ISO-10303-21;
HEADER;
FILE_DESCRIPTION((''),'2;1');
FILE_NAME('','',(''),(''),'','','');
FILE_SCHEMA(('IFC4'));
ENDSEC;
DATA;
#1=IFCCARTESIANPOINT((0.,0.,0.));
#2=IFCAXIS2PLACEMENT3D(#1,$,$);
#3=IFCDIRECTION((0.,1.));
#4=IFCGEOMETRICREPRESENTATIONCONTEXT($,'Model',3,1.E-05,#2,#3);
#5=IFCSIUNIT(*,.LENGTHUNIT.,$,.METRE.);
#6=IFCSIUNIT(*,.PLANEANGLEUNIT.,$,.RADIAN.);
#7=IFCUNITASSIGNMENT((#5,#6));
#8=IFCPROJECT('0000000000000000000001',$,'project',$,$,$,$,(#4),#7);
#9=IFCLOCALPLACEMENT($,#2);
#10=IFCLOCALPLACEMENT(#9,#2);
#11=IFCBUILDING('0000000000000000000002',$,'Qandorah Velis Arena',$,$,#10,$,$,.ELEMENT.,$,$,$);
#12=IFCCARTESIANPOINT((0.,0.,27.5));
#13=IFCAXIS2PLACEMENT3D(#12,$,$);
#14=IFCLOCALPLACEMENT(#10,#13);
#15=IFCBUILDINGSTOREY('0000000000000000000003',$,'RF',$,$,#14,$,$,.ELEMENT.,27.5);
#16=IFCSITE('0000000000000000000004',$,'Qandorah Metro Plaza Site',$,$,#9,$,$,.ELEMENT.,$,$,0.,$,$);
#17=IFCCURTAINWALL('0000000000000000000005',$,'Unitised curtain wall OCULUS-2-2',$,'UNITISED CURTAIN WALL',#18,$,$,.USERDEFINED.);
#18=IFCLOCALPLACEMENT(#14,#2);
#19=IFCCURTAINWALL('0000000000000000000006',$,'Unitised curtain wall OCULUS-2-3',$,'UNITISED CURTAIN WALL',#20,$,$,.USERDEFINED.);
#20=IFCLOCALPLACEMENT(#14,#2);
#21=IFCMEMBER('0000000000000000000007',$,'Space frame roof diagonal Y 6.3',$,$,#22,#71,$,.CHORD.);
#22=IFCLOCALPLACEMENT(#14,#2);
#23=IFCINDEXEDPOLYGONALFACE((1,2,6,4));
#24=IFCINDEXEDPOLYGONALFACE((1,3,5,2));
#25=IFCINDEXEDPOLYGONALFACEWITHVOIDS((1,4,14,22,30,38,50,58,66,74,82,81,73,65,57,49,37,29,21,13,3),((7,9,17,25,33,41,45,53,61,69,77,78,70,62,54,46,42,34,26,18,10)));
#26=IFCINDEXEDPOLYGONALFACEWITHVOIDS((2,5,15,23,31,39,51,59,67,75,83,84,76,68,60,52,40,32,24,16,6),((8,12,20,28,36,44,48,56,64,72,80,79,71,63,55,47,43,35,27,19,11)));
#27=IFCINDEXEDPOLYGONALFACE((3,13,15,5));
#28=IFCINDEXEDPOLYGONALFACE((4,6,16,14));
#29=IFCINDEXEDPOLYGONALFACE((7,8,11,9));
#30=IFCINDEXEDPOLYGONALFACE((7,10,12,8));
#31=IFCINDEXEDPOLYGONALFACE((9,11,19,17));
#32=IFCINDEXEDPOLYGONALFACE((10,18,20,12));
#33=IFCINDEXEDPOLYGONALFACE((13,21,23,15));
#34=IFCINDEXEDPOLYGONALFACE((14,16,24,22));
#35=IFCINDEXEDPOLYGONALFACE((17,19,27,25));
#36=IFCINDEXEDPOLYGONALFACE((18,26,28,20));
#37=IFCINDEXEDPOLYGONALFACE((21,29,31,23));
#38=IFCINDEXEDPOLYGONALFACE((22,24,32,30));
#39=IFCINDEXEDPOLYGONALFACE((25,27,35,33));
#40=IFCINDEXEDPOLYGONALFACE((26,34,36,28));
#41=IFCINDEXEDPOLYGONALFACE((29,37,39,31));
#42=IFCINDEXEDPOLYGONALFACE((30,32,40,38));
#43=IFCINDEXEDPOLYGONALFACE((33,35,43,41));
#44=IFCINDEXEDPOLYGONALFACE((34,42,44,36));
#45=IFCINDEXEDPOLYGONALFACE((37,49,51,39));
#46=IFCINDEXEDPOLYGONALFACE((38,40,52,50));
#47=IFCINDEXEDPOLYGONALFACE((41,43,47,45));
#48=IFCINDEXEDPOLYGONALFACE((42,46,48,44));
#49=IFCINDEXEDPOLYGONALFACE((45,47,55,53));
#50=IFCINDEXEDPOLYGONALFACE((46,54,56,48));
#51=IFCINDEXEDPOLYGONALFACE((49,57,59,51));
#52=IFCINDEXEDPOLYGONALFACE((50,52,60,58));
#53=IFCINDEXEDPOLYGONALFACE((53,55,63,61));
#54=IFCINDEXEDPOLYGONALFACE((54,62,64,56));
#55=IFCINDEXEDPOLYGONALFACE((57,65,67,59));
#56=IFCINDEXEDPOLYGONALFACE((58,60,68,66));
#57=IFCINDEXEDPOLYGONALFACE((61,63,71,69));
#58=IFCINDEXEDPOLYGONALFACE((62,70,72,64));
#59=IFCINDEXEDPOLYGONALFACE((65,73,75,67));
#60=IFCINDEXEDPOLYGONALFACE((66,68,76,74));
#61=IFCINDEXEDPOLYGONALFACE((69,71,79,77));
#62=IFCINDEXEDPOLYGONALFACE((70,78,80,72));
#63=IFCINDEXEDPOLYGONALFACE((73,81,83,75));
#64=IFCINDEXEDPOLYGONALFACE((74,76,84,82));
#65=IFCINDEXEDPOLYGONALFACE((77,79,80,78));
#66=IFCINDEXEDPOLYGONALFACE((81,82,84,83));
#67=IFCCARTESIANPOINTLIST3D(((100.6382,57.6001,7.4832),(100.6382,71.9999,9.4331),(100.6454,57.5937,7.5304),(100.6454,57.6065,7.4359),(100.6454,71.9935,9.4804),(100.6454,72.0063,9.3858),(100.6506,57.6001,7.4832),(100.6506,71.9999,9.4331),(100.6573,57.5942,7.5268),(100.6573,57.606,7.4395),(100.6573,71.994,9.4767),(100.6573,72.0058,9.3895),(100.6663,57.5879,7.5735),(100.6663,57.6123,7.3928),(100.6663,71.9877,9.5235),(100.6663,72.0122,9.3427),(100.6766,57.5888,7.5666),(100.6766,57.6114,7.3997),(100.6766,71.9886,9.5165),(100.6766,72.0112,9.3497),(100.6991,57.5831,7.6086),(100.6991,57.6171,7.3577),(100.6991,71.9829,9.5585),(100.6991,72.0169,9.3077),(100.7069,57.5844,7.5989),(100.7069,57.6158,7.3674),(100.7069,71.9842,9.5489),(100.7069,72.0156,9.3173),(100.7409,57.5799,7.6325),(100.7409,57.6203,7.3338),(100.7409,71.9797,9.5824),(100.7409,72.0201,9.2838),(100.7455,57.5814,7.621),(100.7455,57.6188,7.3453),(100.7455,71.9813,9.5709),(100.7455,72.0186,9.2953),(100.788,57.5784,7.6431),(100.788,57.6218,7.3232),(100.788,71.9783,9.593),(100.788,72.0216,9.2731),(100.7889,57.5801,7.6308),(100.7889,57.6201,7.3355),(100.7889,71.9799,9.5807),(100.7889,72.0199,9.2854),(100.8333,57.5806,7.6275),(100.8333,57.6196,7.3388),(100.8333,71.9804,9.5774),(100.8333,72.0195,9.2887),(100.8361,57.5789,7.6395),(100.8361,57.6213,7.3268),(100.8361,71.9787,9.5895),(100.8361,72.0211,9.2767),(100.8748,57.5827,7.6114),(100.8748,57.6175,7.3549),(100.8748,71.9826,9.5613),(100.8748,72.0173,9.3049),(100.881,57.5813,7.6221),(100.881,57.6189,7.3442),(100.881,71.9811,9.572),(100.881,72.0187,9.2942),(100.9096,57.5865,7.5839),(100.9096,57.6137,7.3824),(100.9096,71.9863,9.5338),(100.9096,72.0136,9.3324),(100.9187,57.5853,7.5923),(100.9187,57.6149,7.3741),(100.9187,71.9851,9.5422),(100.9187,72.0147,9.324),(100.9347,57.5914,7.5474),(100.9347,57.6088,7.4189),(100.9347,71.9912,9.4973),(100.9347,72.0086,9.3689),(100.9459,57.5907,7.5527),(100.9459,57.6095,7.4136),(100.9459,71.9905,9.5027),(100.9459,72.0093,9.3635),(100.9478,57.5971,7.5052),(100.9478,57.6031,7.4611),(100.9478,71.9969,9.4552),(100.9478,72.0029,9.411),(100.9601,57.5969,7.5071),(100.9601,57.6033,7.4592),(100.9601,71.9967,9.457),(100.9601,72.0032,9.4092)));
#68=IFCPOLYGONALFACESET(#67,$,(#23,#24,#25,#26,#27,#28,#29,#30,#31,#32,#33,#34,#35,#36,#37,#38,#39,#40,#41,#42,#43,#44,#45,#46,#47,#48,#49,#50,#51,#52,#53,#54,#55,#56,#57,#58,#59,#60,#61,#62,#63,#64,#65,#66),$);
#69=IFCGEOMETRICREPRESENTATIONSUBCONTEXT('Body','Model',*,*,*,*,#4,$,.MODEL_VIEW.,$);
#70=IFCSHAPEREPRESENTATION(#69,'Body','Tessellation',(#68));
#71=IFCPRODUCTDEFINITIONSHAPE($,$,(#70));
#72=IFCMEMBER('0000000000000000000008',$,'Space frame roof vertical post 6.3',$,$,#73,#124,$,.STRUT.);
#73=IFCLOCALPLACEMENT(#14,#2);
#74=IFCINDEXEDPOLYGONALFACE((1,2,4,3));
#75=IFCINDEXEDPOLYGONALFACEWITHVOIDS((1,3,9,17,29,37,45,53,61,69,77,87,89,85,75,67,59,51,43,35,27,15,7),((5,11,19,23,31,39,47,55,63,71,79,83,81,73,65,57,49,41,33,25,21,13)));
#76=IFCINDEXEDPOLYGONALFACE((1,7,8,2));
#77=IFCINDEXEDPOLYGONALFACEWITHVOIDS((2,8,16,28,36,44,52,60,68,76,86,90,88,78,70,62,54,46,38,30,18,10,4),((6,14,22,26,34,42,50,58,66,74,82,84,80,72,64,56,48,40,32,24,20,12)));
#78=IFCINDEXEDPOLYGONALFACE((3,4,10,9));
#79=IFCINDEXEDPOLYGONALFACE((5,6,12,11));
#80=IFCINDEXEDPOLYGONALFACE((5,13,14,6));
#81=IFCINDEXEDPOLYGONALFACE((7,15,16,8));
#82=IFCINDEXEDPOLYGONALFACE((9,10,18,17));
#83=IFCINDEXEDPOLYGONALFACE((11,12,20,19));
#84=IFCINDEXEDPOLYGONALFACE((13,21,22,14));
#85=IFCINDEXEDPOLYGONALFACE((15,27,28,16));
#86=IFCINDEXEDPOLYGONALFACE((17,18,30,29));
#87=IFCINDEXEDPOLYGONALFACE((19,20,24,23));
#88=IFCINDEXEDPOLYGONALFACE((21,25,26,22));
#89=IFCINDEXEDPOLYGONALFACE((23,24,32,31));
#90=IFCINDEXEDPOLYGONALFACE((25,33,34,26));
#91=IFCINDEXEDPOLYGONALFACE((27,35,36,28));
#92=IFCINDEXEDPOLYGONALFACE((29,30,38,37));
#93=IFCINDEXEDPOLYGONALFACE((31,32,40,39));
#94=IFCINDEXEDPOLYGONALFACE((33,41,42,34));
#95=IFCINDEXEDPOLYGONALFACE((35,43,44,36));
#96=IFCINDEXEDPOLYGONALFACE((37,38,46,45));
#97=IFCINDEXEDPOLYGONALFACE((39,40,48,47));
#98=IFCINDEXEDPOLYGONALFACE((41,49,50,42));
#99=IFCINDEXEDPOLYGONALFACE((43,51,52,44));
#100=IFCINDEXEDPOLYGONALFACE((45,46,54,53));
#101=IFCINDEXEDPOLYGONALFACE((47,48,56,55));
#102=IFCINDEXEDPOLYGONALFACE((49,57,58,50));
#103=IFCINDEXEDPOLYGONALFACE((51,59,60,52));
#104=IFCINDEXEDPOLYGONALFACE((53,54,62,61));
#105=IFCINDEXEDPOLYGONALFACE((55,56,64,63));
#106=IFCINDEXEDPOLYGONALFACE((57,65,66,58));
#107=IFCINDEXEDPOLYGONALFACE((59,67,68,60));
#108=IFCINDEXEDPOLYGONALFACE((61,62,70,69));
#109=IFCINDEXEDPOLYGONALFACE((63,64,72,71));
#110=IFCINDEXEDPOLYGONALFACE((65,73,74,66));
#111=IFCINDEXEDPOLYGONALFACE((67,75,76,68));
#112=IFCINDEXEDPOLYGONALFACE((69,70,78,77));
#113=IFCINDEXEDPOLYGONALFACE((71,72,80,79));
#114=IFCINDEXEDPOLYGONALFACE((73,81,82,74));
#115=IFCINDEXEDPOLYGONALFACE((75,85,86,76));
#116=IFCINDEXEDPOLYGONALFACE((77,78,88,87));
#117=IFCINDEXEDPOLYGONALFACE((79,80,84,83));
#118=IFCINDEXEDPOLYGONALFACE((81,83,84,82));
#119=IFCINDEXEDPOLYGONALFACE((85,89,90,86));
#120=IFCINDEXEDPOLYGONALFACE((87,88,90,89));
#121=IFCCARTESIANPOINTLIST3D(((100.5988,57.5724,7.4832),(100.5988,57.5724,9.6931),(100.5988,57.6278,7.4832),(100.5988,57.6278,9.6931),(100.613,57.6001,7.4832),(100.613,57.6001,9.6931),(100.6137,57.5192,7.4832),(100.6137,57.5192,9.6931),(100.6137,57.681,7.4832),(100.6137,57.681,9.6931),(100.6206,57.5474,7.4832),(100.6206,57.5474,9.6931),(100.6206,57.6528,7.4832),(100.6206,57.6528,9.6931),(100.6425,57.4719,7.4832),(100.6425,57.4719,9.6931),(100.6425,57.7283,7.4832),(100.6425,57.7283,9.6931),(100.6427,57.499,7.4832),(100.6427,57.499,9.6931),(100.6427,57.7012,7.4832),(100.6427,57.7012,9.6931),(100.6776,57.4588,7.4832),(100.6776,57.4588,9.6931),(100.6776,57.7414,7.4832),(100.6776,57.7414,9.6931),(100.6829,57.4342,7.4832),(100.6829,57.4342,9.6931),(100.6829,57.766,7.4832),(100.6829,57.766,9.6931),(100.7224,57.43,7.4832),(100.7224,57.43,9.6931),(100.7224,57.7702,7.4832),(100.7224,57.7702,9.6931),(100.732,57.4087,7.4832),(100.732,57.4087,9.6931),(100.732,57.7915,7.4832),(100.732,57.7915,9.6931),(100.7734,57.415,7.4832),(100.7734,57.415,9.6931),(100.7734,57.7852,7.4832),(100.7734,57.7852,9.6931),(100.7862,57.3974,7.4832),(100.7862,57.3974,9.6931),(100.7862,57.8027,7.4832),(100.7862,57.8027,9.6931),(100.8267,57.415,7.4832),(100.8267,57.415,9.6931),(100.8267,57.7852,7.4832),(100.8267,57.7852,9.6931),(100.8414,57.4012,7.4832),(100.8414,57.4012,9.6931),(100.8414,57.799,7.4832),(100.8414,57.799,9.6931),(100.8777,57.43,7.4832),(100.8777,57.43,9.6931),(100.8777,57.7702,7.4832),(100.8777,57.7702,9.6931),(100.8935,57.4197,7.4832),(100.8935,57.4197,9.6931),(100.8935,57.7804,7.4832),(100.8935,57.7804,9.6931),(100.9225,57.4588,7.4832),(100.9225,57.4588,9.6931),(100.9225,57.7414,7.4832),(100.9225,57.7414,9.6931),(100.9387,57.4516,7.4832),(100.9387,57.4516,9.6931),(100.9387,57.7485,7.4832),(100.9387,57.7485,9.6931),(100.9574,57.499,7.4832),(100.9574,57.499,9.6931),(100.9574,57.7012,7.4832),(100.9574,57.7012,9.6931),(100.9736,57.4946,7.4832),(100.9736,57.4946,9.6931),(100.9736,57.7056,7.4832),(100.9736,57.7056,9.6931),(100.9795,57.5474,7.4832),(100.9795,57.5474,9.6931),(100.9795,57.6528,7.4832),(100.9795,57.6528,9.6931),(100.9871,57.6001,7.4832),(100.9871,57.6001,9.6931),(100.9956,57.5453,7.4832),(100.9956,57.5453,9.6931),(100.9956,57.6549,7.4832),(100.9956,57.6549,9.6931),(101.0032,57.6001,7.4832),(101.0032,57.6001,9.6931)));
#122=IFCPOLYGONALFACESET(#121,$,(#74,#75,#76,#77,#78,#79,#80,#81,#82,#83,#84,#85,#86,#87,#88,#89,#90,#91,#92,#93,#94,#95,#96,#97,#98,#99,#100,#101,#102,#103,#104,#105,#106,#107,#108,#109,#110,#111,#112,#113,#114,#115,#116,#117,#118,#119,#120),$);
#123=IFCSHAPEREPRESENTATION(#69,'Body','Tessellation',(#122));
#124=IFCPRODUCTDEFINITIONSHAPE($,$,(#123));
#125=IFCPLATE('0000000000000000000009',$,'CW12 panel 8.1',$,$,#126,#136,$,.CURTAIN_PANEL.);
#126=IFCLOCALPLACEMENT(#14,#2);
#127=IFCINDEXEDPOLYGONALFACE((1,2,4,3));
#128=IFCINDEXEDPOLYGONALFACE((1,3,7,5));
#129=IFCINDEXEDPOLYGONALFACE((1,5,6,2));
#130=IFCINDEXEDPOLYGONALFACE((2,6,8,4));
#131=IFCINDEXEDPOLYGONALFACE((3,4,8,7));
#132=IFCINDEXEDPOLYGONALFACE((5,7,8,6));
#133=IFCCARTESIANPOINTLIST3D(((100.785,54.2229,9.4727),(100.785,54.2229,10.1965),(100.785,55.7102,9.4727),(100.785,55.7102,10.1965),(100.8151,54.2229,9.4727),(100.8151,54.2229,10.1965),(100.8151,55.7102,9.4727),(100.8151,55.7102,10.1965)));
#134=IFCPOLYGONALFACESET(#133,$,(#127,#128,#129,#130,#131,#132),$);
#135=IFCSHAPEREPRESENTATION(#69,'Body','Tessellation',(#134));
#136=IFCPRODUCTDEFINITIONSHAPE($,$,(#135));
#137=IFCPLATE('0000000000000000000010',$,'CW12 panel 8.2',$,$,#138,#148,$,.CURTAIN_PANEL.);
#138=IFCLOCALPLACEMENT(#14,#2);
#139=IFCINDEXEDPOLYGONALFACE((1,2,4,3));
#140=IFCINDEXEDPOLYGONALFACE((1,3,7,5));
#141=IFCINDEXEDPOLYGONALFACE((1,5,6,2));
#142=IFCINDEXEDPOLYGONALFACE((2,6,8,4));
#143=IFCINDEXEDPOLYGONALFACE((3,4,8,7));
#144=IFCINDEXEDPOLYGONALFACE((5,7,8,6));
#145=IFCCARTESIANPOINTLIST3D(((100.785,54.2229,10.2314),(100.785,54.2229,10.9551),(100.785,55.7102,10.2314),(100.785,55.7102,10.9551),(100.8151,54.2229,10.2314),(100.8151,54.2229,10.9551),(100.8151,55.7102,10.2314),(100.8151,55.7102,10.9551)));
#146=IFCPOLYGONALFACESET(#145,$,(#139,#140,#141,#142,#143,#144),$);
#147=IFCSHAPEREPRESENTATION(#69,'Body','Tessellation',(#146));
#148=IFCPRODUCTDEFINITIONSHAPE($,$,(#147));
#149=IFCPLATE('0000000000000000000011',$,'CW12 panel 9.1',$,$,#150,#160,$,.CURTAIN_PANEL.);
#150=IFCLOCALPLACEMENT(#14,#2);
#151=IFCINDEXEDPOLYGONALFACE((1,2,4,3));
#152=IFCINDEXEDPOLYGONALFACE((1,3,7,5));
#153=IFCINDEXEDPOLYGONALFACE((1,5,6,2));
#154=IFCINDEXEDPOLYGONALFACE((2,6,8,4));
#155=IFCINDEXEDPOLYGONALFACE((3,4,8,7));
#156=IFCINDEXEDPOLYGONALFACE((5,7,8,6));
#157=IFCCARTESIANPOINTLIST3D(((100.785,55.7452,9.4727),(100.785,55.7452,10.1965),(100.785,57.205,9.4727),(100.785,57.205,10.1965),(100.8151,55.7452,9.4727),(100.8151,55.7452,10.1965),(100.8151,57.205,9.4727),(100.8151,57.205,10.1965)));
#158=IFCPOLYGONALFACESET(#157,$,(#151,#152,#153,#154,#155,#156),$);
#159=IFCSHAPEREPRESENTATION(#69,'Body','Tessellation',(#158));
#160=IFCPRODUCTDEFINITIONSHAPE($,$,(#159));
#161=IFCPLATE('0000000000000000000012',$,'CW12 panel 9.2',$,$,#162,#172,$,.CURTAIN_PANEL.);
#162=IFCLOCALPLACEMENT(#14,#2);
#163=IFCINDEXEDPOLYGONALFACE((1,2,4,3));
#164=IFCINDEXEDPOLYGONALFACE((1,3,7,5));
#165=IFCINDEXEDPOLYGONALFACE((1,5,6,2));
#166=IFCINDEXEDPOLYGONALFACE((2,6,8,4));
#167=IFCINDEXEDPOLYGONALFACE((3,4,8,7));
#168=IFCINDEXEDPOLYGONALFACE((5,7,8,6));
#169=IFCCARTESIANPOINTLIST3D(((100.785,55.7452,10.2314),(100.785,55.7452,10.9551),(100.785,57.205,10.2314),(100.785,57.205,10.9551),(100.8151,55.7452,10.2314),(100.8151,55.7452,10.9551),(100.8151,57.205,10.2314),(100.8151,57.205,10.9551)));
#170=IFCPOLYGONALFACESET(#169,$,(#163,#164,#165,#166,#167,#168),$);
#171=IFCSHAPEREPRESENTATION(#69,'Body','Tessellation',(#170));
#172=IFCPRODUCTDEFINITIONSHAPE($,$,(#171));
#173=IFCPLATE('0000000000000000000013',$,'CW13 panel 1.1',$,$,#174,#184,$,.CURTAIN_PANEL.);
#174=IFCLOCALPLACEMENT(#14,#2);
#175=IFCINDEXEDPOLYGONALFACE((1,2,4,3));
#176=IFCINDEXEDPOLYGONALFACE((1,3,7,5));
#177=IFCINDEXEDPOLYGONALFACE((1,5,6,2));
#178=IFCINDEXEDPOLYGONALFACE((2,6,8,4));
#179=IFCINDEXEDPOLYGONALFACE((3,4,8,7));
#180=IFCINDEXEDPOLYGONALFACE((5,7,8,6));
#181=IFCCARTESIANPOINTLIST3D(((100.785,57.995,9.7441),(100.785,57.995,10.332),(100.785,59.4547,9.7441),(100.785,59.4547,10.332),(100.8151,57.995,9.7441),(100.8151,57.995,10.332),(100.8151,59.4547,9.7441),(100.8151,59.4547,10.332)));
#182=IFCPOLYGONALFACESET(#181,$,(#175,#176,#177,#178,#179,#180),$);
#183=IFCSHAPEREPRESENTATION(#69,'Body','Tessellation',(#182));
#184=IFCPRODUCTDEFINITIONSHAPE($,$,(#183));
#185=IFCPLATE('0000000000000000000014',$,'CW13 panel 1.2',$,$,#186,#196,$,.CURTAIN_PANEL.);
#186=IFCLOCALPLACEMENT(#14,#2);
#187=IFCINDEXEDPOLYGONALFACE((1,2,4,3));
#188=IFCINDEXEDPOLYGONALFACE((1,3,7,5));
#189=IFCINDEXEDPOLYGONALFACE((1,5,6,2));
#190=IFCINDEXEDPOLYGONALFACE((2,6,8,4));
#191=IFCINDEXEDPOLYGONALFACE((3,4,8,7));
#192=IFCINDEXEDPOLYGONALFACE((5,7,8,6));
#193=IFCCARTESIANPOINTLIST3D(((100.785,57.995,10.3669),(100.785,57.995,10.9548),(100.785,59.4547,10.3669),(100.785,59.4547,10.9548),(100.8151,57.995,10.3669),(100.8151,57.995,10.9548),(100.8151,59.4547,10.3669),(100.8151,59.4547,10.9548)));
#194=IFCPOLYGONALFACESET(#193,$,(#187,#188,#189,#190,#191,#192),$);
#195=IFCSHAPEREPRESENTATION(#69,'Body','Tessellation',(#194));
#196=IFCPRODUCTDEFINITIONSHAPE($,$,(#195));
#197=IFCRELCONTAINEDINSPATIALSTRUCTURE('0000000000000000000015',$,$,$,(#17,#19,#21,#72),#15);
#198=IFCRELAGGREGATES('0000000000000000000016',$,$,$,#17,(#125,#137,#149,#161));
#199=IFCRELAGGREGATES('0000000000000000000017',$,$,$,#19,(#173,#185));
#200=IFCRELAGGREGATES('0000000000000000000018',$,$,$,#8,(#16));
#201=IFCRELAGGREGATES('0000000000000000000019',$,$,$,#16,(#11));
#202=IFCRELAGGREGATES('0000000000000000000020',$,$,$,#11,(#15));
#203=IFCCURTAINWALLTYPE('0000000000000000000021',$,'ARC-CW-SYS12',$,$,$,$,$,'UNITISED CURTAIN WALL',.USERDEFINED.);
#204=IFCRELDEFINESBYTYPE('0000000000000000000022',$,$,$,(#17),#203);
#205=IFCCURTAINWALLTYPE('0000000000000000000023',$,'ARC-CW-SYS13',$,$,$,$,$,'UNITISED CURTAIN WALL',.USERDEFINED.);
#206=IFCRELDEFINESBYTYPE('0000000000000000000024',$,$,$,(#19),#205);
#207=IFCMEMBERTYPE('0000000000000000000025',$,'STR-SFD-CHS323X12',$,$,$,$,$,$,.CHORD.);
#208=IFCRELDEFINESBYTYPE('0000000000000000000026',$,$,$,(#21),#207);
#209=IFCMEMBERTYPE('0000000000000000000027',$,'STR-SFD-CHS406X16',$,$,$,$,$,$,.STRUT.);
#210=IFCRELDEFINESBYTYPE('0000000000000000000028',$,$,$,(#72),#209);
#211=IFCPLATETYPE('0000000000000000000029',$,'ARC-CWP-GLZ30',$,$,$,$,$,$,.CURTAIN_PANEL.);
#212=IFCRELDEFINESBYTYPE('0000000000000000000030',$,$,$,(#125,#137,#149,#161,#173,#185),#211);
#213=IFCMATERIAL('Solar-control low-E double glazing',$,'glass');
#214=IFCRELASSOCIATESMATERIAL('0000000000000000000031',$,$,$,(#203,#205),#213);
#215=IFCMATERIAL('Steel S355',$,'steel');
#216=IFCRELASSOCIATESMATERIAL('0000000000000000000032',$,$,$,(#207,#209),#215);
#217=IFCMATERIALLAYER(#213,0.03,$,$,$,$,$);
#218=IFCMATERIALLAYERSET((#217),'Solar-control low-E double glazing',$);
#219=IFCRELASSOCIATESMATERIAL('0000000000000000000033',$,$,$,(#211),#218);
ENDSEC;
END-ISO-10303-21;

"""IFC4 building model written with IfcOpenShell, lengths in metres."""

from ifc_helpers import new_model, si_unit, direction, frame, origin, origin_2d, place, context, subcontext, project, spatial, rectangle, hollow_circle, extrude, material, layer, layer_set, material_profile, profile_set, type_object, element, aggregate, save


model = new_model("IFC4")

# Units and contexts
model_context = context("Model", 3, precision=1e-05, world=origin(), true_north=direction((0.0, 1.0)))
body_context = subcontext(model_context, "Body", "Model", "MODEL_VIEW")
ifc_project = project(units=[si_unit("LENGTHUNIT", "METRE"), si_unit("PLANEANGLEUNIT", "RADIAN")], contexts=[model_context])

# Site, building, storey
site_placement = place(None, origin())
site = spatial("IfcSite", under=ifc_project, at=site_placement, Name="Qandorah Metro Plaza Site", CompositionType="ELEMENT", RefElevation=0.0)
building_placement = place(site_placement, origin())
building = spatial("IfcBuilding", under=site, at=building_placement, Name="Qandorah Velis Arena", CompositionType="ELEMENT")
storey_placement = place(building_placement, frame((0.0, 0.0, 27.5)))
storey = spatial("IfcBuildingStorey", under=building, at=storey_placement, Name="RF", CompositionType="ELEMENT", Elevation=27.5)

# Curtain walls
ifc_material_1 = material(Name="Solar-control low-E double glazing", Category="glass")
curtain_wall_type_1 = type_object("IfcCurtainWallType", Name="ARC-CW-SYS12", ElementType="UNITISED CURTAIN WALL", PredefinedType="USERDEFINED", material=ifc_material_1)
curtain_wall_1_placement = place(storey_placement, origin())
curtain_wall_1 = element("IfcCurtainWall", 1, at=curtain_wall_1_placement, inside=storey, type_object=curtain_wall_type_1, Name="Unitised curtain wall OCULUS-2-2", ObjectType="UNITISED CURTAIN WALL", PredefinedType="USERDEFINED")
curtain_wall_type_2 = type_object("IfcCurtainWallType", Name="ARC-CW-SYS13", ElementType="UNITISED CURTAIN WALL", PredefinedType="USERDEFINED", material=ifc_material_1)
curtain_wall_2_placement = place(storey_placement, origin())
curtain_wall_2 = element("IfcCurtainWall", 2, at=curtain_wall_2_placement, inside=storey, type_object=curtain_wall_type_2, Name="Unitised curtain wall OCULUS-2-3", ObjectType="UNITISED CURTAIN WALL", PredefinedType="USERDEFINED")

# Shared definitions
ifc_material_2 = material(Name="Steel S355", Category="steel")

# Members
ifc_material_profile_1 = material_profile(ifc_material_2, hollow_circle(Radius=0.1619, WallThickness=0.0125, at=origin_2d()), Name="CHS 323.9x12.5")
ifc_profile_set_1 = profile_set([ifc_material_profile_1], Name="Steel S355")
member_type_1 = type_object("IfcMemberType", Name="STR-SFD-CHS323X12", PredefinedType="CHORD", material=ifc_profile_set_1)
member_1_placement = place(storey_placement, frame((100.8, 57.6001, 7.4832), z_axis=(0.0, 0.990956, 0.134189), x_axis=(-1.0, 0.0, 0.0)))
element("IfcMember", 3, at=member_1_placement, inside=storey, type_object=member_type_1, Name="Space frame roof diagonal Y 6.3", PredefinedType="CHORD", context=body_context, shape_type="SweptSolid", body=[
    extrude(hollow_circle(Radius=0.1619, WallThickness=0.0125, at=origin_2d()), origin(), (0.0, 0.0, 1.0), 14.5312),
])
ifc_material_profile_2 = material_profile(ifc_material_2, hollow_circle(Radius=0.2031, WallThickness=0.0161, at=origin_2d()), Name="CHS 406.4x16")
ifc_profile_set_2 = profile_set([ifc_material_profile_2], Name="Steel S355")
member_type_2 = type_object("IfcMemberType", Name="STR-SFD-CHS406X16", PredefinedType="STRUT", material=ifc_profile_set_2)
member_2_placement = place(storey_placement, frame((100.8, 57.6001, 7.4832), z_axis=(0.0, 0.0, 1.0), x_axis=(1.0, 0.0, 0.0)))
element("IfcMember", 4, at=member_2_placement, inside=storey, type_object=member_type_2, Name="Space frame roof vertical post 6.3", PredefinedType="STRUT", context=body_context, shape_type="SweptSolid", body=[
    extrude(hollow_circle(Radius=0.2031, WallThickness=0.0161, at=origin_2d()), origin(), (0.0, 0.0, 1.0), 2.21),
])

# Plates
ifc_layer = layer(ifc_material_1, 0.03)
ifc_layer_set = layer_set([ifc_layer], Name="Solar-control low-E double glazing")
plate_type = type_object("IfcPlateType", Name="ARC-CWP-GLZ30", PredefinedType="CURTAIN_PANEL", material=ifc_layer_set)
plate_1_placement = place(storey_placement, frame((100.8, 54.9666, 9.4727), z_axis=(0.0, 0.0, 1.0), x_axis=(0.0, 1.0, 0.0)))
plate_1 = element("IfcPlate", 5, at=plate_1_placement, type_object=plate_type, Name="CW12 panel 8.1", PredefinedType="CURTAIN_PANEL", context=body_context, shape_type="SweptSolid", body=[
    extrude(rectangle(XDim=1.4873, YDim=0.03, at=origin_2d()), origin(), (0.0, 0.0, 1.0), 0.7239),
])
plate_2_placement = place(storey_placement, frame((100.8, 54.9666, 10.2314), z_axis=(0.0, 0.0, 1.0), x_axis=(0.0, 1.0, 0.0)))
plate_2 = element("IfcPlate", 6, at=plate_2_placement, type_object=plate_type, Name="CW12 panel 8.2", PredefinedType="CURTAIN_PANEL", context=body_context, shape_type="SweptSolid", body=[
    extrude(rectangle(XDim=1.4873, YDim=0.03, at=origin_2d()), origin(), (0.0, 0.0, 1.0), 0.7236),
])
plate_3_placement = place(storey_placement, frame((100.8, 56.4751, 9.4727), z_axis=(0.0, 0.0, 1.0), x_axis=(0.0, 1.0, 0.0)))
plate_3 = element("IfcPlate", 7, at=plate_3_placement, type_object=plate_type, Name="CW12 panel 9.1", PredefinedType="CURTAIN_PANEL", context=body_context, shape_type="SweptSolid", body=[
    extrude(rectangle(XDim=1.4597, YDim=0.03, at=origin_2d()), origin(), (0.0, 0.0, 1.0), 0.7239),
])
plate_4_placement = place(storey_placement, frame((100.8, 56.4751, 10.2314), z_axis=(0.0, 0.0, 1.0), x_axis=(0.0, 1.0, 0.0)))
plate_4 = element("IfcPlate", 8, at=plate_4_placement, type_object=plate_type, Name="CW12 panel 9.2", PredefinedType="CURTAIN_PANEL", context=body_context, shape_type="SweptSolid", body=[
    extrude(rectangle(XDim=1.4597, YDim=0.03, at=origin_2d()), origin(), (0.0, 0.0, 1.0), 0.7236),
])
aggregate(curtain_wall_1, [plate_1, plate_2, plate_3, plate_4])
plate_5_placement = place(storey_placement, frame((100.8, 58.7249, 9.7441), z_axis=(0.0, 0.0, 1.0), x_axis=(0.0, 1.0, 0.0)))
plate_5 = element("IfcPlate", 9, at=plate_5_placement, type_object=plate_type, Name="CW13 panel 1.1", PredefinedType="CURTAIN_PANEL", context=body_context, shape_type="SweptSolid", body=[
    extrude(rectangle(XDim=1.4597, YDim=0.03, at=origin_2d()), origin(), (0.0, 0.0, 1.0), 0.5879),
])
plate_6_placement = place(storey_placement, frame((100.8, 58.7249, 10.3669), z_axis=(0.0, 0.0, 1.0), x_axis=(0.0, 1.0, 0.0)))
plate_6 = element("IfcPlate", 10, at=plate_6_placement, type_object=plate_type, Name="CW13 panel 1.2", PredefinedType="CURTAIN_PANEL", context=body_context, shape_type="SweptSolid", body=[
    extrude(rectangle(XDim=1.4597, YDim=0.03, at=origin_2d()), origin(), (0.0, 0.0, 1.0), 0.5879),
])
aggregate(curtain_wall_2, [plate_5, plate_6])

save(model, "model.ifc")
